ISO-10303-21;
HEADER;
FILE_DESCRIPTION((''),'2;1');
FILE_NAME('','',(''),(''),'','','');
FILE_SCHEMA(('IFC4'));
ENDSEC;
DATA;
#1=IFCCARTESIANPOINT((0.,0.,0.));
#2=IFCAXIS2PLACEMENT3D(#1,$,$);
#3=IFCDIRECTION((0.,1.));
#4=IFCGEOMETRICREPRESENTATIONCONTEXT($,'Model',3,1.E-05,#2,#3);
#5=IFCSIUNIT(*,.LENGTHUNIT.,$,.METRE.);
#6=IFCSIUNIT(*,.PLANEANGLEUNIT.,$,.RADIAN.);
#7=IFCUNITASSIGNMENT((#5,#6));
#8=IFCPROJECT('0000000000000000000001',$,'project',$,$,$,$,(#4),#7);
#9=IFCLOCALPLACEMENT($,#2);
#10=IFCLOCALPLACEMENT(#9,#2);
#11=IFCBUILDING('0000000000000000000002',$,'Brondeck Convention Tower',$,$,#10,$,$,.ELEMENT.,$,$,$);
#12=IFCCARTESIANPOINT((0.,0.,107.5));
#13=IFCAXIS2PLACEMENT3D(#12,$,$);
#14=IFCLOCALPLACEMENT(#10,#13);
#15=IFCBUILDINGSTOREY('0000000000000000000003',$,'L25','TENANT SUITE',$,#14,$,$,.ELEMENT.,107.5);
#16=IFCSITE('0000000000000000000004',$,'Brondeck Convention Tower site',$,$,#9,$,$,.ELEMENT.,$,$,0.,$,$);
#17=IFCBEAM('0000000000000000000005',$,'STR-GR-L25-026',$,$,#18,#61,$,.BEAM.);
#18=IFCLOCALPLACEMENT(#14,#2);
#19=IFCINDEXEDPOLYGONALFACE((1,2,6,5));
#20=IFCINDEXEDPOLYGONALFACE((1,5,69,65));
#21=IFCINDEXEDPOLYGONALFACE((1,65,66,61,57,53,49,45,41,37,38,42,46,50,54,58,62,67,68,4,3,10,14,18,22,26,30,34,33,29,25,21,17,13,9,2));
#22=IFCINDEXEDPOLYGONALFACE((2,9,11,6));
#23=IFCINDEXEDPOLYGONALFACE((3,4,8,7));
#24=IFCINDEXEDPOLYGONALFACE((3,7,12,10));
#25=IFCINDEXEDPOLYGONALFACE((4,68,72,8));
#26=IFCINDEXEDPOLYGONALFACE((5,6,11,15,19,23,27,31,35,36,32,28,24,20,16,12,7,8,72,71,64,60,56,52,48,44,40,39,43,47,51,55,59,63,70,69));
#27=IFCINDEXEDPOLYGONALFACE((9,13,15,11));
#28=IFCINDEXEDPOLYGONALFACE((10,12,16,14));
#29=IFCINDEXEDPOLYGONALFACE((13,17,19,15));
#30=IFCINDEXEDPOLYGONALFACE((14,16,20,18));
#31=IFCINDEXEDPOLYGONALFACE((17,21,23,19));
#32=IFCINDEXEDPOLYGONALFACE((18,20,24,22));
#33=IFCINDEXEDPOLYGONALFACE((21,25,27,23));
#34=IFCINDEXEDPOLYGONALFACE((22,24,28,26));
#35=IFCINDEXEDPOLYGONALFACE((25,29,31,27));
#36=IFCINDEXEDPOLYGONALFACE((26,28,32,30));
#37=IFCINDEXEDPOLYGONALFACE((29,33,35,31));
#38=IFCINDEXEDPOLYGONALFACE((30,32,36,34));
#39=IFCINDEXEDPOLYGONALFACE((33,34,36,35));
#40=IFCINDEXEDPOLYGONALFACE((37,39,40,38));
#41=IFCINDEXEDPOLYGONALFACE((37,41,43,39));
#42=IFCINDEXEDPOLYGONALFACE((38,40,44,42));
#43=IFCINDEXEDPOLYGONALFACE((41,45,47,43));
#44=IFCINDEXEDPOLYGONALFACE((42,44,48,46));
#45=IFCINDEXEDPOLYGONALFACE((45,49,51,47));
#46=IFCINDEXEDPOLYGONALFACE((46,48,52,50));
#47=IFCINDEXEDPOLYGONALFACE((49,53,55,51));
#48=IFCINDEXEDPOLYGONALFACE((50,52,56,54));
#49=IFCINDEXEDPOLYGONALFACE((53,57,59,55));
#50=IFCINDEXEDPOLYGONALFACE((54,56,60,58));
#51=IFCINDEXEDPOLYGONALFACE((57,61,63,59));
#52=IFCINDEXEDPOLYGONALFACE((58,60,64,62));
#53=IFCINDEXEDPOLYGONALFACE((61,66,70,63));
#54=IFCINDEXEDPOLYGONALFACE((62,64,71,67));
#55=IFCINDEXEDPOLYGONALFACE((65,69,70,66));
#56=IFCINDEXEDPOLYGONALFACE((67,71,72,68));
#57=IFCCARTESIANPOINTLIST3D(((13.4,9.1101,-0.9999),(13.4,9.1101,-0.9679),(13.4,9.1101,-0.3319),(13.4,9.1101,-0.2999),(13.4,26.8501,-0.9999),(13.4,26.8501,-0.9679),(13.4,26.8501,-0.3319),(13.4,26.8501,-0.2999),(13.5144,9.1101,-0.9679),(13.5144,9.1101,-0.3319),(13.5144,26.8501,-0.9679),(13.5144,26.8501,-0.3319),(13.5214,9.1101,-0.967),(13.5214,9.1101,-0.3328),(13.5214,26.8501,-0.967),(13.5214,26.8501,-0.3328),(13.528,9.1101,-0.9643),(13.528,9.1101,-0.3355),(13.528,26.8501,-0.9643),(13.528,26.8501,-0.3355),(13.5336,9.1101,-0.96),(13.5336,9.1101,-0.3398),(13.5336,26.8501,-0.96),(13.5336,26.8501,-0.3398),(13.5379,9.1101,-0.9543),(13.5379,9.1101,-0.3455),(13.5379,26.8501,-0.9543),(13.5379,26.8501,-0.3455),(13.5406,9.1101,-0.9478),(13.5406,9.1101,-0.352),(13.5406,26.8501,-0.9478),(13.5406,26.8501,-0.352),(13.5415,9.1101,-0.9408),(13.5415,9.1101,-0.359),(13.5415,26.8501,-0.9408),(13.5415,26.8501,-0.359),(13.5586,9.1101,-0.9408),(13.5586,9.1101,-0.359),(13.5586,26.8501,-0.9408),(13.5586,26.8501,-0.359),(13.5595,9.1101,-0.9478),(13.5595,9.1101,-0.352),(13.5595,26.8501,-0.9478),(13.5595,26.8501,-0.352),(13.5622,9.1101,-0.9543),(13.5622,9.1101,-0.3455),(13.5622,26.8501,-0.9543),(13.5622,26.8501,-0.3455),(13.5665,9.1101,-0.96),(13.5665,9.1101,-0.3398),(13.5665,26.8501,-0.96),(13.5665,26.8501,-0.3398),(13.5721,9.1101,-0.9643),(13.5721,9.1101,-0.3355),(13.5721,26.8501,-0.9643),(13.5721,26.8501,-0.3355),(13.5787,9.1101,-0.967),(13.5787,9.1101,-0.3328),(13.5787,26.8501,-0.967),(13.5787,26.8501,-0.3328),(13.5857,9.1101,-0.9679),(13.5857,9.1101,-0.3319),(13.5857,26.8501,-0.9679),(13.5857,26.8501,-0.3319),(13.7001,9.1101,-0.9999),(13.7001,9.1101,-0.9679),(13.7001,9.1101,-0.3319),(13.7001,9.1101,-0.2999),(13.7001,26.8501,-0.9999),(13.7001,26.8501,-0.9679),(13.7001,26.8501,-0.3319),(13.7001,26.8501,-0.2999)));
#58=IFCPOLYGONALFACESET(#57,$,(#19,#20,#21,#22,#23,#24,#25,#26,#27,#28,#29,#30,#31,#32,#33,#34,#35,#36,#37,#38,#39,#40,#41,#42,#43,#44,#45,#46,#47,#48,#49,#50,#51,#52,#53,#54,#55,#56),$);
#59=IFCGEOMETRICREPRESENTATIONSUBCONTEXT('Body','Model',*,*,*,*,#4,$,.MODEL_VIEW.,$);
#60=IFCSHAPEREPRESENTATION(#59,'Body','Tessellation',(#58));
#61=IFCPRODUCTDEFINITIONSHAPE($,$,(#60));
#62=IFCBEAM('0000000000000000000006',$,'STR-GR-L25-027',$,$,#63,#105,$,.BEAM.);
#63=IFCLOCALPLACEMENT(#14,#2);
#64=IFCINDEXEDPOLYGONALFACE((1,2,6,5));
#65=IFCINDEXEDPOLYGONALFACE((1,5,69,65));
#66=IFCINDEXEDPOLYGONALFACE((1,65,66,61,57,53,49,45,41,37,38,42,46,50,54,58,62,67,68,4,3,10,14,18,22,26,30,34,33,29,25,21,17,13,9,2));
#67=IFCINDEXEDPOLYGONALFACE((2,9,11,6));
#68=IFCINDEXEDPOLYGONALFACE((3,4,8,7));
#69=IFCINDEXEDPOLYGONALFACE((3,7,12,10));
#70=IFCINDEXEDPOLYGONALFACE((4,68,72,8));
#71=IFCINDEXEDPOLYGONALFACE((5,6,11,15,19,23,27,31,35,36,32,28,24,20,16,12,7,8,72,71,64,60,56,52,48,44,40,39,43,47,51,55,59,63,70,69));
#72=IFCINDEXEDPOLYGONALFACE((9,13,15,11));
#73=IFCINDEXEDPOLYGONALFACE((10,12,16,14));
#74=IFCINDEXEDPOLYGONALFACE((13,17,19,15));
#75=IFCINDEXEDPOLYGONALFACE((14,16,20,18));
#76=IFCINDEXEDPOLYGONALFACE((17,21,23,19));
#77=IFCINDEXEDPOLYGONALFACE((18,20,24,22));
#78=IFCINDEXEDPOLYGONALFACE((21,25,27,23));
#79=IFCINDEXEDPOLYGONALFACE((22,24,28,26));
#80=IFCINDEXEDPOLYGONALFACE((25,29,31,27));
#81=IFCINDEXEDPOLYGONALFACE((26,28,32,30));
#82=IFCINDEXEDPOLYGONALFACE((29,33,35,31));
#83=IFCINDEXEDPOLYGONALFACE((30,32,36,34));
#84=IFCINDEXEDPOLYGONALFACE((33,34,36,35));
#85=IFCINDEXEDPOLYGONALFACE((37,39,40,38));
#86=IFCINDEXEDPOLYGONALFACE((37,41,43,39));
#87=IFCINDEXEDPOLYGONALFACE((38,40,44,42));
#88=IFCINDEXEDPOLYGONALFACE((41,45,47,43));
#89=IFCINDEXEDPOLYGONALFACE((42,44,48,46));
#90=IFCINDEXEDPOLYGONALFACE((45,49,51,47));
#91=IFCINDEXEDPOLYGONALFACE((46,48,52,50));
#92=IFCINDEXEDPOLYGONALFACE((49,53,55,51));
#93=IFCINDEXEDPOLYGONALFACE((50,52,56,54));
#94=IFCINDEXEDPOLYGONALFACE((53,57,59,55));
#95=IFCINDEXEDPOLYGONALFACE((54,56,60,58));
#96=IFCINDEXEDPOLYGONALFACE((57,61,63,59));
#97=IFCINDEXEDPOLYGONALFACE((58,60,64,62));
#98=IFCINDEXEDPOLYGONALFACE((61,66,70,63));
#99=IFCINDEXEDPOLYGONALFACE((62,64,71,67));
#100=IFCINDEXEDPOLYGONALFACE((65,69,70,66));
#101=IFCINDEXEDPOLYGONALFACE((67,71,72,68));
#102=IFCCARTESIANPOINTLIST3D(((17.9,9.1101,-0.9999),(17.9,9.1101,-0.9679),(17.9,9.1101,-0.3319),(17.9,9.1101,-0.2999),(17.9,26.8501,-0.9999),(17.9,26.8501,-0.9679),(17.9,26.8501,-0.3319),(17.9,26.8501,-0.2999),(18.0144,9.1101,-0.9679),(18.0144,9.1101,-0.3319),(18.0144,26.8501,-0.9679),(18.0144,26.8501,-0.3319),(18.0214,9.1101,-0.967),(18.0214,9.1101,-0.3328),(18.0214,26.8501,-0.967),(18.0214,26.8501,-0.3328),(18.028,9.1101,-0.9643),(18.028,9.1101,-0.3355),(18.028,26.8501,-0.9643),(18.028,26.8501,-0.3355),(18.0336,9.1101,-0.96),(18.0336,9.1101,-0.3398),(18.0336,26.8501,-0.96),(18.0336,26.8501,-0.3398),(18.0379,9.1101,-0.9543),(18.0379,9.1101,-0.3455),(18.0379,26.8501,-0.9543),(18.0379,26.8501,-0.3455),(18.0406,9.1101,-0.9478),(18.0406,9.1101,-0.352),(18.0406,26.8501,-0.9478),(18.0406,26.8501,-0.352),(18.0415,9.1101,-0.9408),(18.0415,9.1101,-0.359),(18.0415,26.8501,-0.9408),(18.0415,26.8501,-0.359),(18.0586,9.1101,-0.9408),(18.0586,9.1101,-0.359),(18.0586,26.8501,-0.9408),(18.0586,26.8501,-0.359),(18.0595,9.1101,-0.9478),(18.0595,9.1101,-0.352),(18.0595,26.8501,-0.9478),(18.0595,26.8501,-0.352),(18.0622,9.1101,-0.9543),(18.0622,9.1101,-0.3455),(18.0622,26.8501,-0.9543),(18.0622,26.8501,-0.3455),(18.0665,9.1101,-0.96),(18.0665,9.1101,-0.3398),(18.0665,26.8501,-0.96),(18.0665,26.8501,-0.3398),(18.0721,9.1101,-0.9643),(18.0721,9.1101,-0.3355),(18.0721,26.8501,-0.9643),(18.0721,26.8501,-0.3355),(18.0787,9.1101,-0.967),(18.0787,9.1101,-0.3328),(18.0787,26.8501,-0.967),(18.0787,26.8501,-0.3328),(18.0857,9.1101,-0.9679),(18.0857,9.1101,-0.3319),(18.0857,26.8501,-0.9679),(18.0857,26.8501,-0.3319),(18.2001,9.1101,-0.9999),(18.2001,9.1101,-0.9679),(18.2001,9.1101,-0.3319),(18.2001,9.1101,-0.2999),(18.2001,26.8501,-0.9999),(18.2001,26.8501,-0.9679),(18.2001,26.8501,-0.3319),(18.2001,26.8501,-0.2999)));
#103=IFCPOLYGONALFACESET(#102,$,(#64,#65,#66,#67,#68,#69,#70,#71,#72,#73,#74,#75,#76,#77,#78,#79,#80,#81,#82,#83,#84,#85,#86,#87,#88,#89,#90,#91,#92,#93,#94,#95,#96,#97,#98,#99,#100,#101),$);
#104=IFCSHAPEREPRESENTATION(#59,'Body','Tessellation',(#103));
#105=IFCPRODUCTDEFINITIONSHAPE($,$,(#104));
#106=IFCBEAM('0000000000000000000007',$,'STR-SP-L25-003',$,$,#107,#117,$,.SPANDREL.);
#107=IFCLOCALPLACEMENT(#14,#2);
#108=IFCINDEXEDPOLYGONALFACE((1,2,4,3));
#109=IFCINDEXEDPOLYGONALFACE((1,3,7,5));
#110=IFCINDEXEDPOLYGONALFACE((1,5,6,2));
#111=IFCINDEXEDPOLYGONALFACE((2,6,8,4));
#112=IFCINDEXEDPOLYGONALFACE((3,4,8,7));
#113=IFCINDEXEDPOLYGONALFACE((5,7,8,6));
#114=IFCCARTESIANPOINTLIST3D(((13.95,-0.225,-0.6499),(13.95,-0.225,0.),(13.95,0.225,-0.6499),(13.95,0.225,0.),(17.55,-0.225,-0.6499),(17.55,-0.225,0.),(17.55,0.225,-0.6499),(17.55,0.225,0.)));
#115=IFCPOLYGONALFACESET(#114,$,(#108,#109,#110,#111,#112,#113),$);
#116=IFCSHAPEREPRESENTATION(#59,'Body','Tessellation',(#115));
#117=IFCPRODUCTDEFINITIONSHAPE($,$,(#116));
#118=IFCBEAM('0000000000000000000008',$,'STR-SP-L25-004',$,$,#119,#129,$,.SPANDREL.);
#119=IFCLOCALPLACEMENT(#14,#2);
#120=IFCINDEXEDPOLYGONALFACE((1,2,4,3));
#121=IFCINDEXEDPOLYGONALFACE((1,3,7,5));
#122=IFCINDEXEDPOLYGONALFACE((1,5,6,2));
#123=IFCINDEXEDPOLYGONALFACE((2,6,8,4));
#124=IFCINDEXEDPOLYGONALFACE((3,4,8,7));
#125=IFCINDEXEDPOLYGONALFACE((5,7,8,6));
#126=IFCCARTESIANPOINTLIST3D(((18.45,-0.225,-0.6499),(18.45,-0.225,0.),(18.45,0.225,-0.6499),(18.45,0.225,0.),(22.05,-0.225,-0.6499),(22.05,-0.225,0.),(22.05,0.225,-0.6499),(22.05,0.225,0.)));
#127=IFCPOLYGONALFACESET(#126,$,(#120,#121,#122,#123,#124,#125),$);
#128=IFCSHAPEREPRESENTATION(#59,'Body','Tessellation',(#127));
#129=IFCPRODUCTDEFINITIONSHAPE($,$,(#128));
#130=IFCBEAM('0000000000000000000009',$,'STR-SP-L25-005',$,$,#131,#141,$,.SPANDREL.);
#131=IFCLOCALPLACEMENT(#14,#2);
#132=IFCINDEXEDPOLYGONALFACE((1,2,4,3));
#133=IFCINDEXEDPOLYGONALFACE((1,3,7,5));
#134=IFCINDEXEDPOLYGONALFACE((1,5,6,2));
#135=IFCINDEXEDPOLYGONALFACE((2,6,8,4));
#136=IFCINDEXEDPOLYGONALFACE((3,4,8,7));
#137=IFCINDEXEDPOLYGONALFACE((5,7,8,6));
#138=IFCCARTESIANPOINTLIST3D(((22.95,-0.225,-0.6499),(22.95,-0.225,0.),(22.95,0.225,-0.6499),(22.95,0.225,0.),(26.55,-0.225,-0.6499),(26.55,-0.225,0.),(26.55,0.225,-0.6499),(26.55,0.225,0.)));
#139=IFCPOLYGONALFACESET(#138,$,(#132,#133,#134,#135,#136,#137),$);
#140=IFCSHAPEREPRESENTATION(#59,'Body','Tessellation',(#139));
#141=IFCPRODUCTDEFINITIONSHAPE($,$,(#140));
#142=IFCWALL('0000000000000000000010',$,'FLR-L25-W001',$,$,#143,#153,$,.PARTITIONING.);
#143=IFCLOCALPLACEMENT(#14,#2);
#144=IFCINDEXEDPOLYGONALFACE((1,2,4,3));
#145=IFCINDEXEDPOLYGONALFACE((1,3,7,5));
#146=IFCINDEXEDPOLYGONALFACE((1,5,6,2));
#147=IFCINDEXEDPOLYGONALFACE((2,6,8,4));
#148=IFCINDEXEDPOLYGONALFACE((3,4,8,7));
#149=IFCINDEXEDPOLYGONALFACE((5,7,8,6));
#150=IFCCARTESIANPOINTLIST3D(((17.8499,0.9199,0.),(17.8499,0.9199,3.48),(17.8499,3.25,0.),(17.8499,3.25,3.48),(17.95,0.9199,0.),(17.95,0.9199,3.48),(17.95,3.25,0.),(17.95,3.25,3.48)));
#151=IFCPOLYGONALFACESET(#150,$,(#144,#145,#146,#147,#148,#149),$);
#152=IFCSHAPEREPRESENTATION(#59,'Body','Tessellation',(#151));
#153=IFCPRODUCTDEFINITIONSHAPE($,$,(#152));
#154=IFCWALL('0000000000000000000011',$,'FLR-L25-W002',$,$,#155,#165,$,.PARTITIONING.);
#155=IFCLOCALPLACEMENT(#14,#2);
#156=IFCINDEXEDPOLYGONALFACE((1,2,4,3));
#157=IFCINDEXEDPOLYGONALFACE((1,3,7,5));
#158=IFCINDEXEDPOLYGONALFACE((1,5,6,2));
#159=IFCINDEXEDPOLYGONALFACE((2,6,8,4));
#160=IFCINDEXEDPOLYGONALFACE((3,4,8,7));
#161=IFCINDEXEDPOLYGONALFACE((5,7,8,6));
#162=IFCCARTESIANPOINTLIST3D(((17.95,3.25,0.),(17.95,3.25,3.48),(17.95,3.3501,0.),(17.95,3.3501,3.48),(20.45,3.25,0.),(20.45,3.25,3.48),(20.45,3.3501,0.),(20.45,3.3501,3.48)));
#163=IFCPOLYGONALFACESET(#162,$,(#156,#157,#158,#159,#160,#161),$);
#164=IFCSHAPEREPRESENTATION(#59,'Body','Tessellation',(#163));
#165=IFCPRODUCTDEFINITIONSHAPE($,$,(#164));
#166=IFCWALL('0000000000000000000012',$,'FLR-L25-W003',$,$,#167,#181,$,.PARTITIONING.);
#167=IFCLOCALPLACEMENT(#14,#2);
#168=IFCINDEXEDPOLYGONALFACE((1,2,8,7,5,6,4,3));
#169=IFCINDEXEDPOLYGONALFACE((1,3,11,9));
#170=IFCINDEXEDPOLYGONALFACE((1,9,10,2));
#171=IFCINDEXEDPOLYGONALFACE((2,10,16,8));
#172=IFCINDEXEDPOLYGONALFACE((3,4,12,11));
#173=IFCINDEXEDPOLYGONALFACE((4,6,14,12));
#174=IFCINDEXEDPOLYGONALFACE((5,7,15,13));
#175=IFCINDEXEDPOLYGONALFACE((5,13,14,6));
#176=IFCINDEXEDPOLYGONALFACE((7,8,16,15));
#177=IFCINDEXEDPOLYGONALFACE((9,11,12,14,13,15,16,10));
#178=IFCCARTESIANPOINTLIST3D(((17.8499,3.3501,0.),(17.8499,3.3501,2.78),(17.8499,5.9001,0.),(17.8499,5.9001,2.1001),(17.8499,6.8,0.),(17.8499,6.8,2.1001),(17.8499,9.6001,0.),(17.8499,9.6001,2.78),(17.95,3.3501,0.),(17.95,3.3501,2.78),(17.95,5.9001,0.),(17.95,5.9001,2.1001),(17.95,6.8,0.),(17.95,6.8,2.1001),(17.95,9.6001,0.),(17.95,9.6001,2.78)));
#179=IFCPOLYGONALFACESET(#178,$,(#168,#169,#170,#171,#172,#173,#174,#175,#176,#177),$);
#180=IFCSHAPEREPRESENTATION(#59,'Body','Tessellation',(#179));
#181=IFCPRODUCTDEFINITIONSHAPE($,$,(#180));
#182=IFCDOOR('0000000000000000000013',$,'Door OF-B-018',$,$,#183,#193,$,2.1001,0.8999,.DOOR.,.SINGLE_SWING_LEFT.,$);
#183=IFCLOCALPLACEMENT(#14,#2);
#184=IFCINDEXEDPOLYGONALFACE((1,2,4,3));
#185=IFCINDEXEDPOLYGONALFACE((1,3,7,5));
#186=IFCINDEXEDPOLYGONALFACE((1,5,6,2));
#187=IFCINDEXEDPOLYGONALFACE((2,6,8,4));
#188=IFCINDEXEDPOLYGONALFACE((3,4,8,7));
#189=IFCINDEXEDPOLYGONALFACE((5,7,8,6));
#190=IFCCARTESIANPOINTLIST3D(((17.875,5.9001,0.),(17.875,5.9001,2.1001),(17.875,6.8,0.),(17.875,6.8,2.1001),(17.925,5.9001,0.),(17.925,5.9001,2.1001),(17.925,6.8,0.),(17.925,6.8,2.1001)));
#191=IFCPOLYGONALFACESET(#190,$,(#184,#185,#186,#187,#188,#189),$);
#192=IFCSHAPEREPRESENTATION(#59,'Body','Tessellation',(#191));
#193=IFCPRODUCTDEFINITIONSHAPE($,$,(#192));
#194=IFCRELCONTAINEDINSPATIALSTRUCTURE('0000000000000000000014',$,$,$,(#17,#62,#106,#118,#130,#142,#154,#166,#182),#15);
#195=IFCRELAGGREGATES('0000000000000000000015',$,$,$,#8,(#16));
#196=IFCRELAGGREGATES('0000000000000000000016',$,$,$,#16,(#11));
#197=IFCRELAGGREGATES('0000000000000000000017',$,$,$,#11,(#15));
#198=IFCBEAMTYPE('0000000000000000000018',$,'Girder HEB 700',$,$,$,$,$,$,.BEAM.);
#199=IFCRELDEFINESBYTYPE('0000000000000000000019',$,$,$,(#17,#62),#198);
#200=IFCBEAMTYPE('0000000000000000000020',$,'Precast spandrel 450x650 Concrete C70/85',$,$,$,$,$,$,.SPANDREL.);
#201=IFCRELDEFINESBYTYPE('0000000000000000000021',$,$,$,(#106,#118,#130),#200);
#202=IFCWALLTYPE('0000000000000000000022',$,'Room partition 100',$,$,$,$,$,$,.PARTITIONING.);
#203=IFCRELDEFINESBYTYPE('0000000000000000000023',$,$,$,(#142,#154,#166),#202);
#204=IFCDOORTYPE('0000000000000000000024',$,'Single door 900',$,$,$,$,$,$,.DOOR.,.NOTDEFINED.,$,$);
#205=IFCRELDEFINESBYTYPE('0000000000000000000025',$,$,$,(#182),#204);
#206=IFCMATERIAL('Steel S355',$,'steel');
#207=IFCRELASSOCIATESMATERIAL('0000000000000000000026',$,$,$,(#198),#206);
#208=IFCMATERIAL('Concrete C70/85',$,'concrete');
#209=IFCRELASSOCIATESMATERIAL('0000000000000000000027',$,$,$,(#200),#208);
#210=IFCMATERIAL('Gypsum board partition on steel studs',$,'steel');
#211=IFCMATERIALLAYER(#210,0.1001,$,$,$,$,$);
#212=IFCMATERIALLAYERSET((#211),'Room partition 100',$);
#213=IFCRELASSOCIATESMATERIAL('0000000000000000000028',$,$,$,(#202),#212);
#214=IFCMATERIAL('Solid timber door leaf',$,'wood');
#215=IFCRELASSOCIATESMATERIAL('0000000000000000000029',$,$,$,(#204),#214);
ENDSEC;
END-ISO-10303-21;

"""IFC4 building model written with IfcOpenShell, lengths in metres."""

from ifc_helpers import new_model, si_unit, direction, frame, frame_2d, origin, origin_2d, place, context, subcontext, project, spatial, rectangle, i_section, extrude, material, layer, layer_set, material_profile, profile_set, type_object, element, fill, save


model = new_model("IFC4")

# Units and contexts
model_context = context("Model", 3, precision=1e-05, world=origin(), true_north=direction((0.0, 1.0)))
body_context = subcontext(model_context, "Body", "Model", "MODEL_VIEW")
ifc_project = project(units=[si_unit("LENGTHUNIT", "METRE"), si_unit("PLANEANGLEUNIT", "RADIAN")], contexts=[model_context])

# Site, building, storey
site_placement = place(None, origin())
site = spatial("IfcSite", under=ifc_project, at=site_placement, Name="Brondeck Convention Tower site", CompositionType="ELEMENT", RefElevation=0.0)
building_placement = place(site_placement, origin())
building = spatial("IfcBuilding", under=site, at=building_placement, Name="Brondeck Convention Tower", CompositionType="ELEMENT")
storey_placement = place(building_placement, frame((0.0, 0.0, 107.5)))
storey = spatial("IfcBuildingStorey", under=building, at=storey_placement, Name="L25", Description="TENANT SUITE", CompositionType="ELEMENT", Elevation=107.5)

# Shared definitions
ifc_material_1 = material(Name="Concrete C70/85", Category="concrete")

# Beams
ifc_material_2 = material(Name="Steel S355", Category="steel")
ifc_material_profile_1 = material_profile(ifc_material_2, i_section(OverallWidth=0.3, OverallDepth=0.7, WebThickness=0.0171, FlangeThickness=0.032, FilletRadius=0.0271, at=origin_2d()), Name="HEB 700")
ifc_profile_set_1 = profile_set([ifc_material_profile_1], Name="Steel S355")
beam_type_1 = type_object("IfcBeamType", Name="Girder HEB 700", PredefinedType="BEAM", material=ifc_profile_set_1)
for number, where, z_axis, x_axis, name in (
    (1, (13.55, 9.1101, -0.6499), (0.0, 1.0, 0.0), (-1.0, 0.0, 0.0), "STR-GR-L25-026"),
    (2, (18.05, 9.1101, -0.6499), (0.0, 1.0, 0.0), (-1.0, 0.0, 0.0), "STR-GR-L25-027"),
):
    element("IfcBeam", number, at=place(storey_placement, frame(where, z_axis=z_axis, x_axis=x_axis)), inside=storey, type_object=beam_type_1, Name=name, PredefinedType="BEAM", context=body_context, shape_type="SweptSolid", body=[
        extrude(i_section(OverallWidth=0.3, OverallDepth=0.7, WebThickness=0.0171, FlangeThickness=0.032, FilletRadius=0.0271, at=origin_2d()), origin(), (0.0, 0.0, 1.0), 17.74),
    ])
ifc_material_profile_2 = material_profile(ifc_material_1, rectangle(XDim=0.45, YDim=0.6499, at=origin_2d()), Name="Precast spandrel 450x650 Concrete C70/85")
ifc_profile_set_2 = profile_set([ifc_material_profile_2], Name="Concrete C70/85")
beam_type_2 = type_object("IfcBeamType", Name="Precast spandrel 450x650 Concrete C70/85", PredefinedType="SPANDREL", material=ifc_profile_set_2)
for number, where, z_axis, x_axis, name in (
    (3, (13.95, 0.0, -0.325), (1.0, 0.0, 0.0), (0.0, 1.0, 0.0), "STR-SP-L25-003"),
    (4, (18.45, 0.0, -0.325), (1.0, 0.0, 0.0), (0.0, 1.0, 0.0), "STR-SP-L25-004"),
    (5, (22.95, 0.0, -0.325), (1.0, 0.0, 0.0), (0.0, 1.0, 0.0), "STR-SP-L25-005"),
):
    element("IfcBeam", number, at=place(storey_placement, frame(where, z_axis=z_axis, x_axis=x_axis)), inside=storey, type_object=beam_type_2, Name=name, PredefinedType="SPANDREL", context=body_context, shape_type="SweptSolid", body=[
        extrude(rectangle(XDim=0.45, YDim=0.6499, at=origin_2d()), origin(), (0.0, 0.0, 1.0), 3.6001),
    ])

# Walls
ifc_material_3 = material(Name="Gypsum board partition on steel studs", Category="steel")
ifc_layer_1 = layer(ifc_material_3, 0.1001)
ifc_layer_set_1 = layer_set([ifc_layer_1], Name="Room partition 100")
wall_type_1 = type_object("IfcWallType", Name="Room partition 100", PredefinedType="PARTITIONING", material=ifc_layer_set_1)
wall_1_placement = place(storey_placement, frame((17.8999, 0.9199, 0.0), z_axis=(0.0, 0.0, 1.0), x_axis=(0.0, 1.0, 0.0)))
element("IfcWall", 6, at=wall_1_placement, inside=storey, type_object=wall_type_1, Name="FLR-L25-W001", PredefinedType="PARTITIONING", context=body_context, shape_type="SweptSolid", body=[
    extrude(rectangle(XDim=2.3301, YDim=0.1001, at=frame_2d((1.165, 0.0))), origin(), (0.0, 0.0, 1.0), 3.48),
])
wall_2_placement = place(storey_placement, frame((20.45, 3.3, 0.0), z_axis=(0.0, 0.0, 1.0), x_axis=(-1.0, 0.0, 0.0)))
element("IfcWall", 7, at=wall_2_placement, inside=storey, type_object=wall_type_1, Name="FLR-L25-W002", PredefinedType="PARTITIONING", context=body_context, shape_type="SweptSolid", body=[
    extrude(rectangle(XDim=2.5, YDim=0.1001, at=frame_2d((1.25, 0.0))), origin(), (0.0, 0.0, 1.0), 3.48),
])

# Wall, opening, door
wall_3_placement = place(storey_placement, frame((17.8999, 3.3501, 0.0), z_axis=(0.0, 0.0, 1.0), x_axis=(0.0, 1.0, 0.0)))
wall_3 = element("IfcWall", 8, at=wall_3_placement, inside=storey, type_object=wall_type_1, Name="FLR-L25-W003", PredefinedType="PARTITIONING", context=body_context, shape_type="SweptSolid", body=[
    extrude(rectangle(XDim=6.25, YDim=0.1001, at=frame_2d((3.125, 0.0))), origin(), (0.0, 0.0, 1.0), 2.78),
])
opening_1_placement = place(wall_3_placement, frame((2.55, 0.0, 0.0)))
opening_1 = element("IfcOpeningElement", 9, at=opening_1_placement, cuts=wall_3, PredefinedType="OPENING", context=body_context, shape_type="SweptSolid", body=[
    extrude(rectangle(XDim=0.8999, YDim=2.1001, at=frame_2d((0.45, 1.05))), frame((0.0, 0.0601, 0.0), z_axis=(0.0, -1.0, 0.0), x_axis=(1.0, 0.0, 0.0)), (0.0, 0.0, 1.0), 0.1201),
])
ifc_material_4 = material(Name="Solid timber door leaf", Category="wood")
door_type_1 = type_object("IfcDoorType", Name="Single door 900", OperationType="NOTDEFINED", PredefinedType="DOOR", material=ifc_material_4)
door_1_placement = place(opening_1_placement, origin())
door_1 = element("IfcDoor", 10, at=door_1_placement, inside=storey, type_object=door_type_1, Name="Door OF-B-018", OperationType="SINGLE_SWING_LEFT", OverallHeight=2.1001, OverallWidth=0.8999, PredefinedType="DOOR", context=body_context, shape_type="SweptSolid", body=[
    extrude(rectangle(XDim=0.8999, YDim=2.1001, at=frame_2d((0.45, 1.05))), frame((0.0, 0.0249, 0.0), z_axis=(0.0, -1.0, 0.0), x_axis=(1.0, 0.0, 0.0)), (0.0, 0.0, 1.0), 0.05),
])
fill(opening_1, door_1)

save(model, "model.ifc")
